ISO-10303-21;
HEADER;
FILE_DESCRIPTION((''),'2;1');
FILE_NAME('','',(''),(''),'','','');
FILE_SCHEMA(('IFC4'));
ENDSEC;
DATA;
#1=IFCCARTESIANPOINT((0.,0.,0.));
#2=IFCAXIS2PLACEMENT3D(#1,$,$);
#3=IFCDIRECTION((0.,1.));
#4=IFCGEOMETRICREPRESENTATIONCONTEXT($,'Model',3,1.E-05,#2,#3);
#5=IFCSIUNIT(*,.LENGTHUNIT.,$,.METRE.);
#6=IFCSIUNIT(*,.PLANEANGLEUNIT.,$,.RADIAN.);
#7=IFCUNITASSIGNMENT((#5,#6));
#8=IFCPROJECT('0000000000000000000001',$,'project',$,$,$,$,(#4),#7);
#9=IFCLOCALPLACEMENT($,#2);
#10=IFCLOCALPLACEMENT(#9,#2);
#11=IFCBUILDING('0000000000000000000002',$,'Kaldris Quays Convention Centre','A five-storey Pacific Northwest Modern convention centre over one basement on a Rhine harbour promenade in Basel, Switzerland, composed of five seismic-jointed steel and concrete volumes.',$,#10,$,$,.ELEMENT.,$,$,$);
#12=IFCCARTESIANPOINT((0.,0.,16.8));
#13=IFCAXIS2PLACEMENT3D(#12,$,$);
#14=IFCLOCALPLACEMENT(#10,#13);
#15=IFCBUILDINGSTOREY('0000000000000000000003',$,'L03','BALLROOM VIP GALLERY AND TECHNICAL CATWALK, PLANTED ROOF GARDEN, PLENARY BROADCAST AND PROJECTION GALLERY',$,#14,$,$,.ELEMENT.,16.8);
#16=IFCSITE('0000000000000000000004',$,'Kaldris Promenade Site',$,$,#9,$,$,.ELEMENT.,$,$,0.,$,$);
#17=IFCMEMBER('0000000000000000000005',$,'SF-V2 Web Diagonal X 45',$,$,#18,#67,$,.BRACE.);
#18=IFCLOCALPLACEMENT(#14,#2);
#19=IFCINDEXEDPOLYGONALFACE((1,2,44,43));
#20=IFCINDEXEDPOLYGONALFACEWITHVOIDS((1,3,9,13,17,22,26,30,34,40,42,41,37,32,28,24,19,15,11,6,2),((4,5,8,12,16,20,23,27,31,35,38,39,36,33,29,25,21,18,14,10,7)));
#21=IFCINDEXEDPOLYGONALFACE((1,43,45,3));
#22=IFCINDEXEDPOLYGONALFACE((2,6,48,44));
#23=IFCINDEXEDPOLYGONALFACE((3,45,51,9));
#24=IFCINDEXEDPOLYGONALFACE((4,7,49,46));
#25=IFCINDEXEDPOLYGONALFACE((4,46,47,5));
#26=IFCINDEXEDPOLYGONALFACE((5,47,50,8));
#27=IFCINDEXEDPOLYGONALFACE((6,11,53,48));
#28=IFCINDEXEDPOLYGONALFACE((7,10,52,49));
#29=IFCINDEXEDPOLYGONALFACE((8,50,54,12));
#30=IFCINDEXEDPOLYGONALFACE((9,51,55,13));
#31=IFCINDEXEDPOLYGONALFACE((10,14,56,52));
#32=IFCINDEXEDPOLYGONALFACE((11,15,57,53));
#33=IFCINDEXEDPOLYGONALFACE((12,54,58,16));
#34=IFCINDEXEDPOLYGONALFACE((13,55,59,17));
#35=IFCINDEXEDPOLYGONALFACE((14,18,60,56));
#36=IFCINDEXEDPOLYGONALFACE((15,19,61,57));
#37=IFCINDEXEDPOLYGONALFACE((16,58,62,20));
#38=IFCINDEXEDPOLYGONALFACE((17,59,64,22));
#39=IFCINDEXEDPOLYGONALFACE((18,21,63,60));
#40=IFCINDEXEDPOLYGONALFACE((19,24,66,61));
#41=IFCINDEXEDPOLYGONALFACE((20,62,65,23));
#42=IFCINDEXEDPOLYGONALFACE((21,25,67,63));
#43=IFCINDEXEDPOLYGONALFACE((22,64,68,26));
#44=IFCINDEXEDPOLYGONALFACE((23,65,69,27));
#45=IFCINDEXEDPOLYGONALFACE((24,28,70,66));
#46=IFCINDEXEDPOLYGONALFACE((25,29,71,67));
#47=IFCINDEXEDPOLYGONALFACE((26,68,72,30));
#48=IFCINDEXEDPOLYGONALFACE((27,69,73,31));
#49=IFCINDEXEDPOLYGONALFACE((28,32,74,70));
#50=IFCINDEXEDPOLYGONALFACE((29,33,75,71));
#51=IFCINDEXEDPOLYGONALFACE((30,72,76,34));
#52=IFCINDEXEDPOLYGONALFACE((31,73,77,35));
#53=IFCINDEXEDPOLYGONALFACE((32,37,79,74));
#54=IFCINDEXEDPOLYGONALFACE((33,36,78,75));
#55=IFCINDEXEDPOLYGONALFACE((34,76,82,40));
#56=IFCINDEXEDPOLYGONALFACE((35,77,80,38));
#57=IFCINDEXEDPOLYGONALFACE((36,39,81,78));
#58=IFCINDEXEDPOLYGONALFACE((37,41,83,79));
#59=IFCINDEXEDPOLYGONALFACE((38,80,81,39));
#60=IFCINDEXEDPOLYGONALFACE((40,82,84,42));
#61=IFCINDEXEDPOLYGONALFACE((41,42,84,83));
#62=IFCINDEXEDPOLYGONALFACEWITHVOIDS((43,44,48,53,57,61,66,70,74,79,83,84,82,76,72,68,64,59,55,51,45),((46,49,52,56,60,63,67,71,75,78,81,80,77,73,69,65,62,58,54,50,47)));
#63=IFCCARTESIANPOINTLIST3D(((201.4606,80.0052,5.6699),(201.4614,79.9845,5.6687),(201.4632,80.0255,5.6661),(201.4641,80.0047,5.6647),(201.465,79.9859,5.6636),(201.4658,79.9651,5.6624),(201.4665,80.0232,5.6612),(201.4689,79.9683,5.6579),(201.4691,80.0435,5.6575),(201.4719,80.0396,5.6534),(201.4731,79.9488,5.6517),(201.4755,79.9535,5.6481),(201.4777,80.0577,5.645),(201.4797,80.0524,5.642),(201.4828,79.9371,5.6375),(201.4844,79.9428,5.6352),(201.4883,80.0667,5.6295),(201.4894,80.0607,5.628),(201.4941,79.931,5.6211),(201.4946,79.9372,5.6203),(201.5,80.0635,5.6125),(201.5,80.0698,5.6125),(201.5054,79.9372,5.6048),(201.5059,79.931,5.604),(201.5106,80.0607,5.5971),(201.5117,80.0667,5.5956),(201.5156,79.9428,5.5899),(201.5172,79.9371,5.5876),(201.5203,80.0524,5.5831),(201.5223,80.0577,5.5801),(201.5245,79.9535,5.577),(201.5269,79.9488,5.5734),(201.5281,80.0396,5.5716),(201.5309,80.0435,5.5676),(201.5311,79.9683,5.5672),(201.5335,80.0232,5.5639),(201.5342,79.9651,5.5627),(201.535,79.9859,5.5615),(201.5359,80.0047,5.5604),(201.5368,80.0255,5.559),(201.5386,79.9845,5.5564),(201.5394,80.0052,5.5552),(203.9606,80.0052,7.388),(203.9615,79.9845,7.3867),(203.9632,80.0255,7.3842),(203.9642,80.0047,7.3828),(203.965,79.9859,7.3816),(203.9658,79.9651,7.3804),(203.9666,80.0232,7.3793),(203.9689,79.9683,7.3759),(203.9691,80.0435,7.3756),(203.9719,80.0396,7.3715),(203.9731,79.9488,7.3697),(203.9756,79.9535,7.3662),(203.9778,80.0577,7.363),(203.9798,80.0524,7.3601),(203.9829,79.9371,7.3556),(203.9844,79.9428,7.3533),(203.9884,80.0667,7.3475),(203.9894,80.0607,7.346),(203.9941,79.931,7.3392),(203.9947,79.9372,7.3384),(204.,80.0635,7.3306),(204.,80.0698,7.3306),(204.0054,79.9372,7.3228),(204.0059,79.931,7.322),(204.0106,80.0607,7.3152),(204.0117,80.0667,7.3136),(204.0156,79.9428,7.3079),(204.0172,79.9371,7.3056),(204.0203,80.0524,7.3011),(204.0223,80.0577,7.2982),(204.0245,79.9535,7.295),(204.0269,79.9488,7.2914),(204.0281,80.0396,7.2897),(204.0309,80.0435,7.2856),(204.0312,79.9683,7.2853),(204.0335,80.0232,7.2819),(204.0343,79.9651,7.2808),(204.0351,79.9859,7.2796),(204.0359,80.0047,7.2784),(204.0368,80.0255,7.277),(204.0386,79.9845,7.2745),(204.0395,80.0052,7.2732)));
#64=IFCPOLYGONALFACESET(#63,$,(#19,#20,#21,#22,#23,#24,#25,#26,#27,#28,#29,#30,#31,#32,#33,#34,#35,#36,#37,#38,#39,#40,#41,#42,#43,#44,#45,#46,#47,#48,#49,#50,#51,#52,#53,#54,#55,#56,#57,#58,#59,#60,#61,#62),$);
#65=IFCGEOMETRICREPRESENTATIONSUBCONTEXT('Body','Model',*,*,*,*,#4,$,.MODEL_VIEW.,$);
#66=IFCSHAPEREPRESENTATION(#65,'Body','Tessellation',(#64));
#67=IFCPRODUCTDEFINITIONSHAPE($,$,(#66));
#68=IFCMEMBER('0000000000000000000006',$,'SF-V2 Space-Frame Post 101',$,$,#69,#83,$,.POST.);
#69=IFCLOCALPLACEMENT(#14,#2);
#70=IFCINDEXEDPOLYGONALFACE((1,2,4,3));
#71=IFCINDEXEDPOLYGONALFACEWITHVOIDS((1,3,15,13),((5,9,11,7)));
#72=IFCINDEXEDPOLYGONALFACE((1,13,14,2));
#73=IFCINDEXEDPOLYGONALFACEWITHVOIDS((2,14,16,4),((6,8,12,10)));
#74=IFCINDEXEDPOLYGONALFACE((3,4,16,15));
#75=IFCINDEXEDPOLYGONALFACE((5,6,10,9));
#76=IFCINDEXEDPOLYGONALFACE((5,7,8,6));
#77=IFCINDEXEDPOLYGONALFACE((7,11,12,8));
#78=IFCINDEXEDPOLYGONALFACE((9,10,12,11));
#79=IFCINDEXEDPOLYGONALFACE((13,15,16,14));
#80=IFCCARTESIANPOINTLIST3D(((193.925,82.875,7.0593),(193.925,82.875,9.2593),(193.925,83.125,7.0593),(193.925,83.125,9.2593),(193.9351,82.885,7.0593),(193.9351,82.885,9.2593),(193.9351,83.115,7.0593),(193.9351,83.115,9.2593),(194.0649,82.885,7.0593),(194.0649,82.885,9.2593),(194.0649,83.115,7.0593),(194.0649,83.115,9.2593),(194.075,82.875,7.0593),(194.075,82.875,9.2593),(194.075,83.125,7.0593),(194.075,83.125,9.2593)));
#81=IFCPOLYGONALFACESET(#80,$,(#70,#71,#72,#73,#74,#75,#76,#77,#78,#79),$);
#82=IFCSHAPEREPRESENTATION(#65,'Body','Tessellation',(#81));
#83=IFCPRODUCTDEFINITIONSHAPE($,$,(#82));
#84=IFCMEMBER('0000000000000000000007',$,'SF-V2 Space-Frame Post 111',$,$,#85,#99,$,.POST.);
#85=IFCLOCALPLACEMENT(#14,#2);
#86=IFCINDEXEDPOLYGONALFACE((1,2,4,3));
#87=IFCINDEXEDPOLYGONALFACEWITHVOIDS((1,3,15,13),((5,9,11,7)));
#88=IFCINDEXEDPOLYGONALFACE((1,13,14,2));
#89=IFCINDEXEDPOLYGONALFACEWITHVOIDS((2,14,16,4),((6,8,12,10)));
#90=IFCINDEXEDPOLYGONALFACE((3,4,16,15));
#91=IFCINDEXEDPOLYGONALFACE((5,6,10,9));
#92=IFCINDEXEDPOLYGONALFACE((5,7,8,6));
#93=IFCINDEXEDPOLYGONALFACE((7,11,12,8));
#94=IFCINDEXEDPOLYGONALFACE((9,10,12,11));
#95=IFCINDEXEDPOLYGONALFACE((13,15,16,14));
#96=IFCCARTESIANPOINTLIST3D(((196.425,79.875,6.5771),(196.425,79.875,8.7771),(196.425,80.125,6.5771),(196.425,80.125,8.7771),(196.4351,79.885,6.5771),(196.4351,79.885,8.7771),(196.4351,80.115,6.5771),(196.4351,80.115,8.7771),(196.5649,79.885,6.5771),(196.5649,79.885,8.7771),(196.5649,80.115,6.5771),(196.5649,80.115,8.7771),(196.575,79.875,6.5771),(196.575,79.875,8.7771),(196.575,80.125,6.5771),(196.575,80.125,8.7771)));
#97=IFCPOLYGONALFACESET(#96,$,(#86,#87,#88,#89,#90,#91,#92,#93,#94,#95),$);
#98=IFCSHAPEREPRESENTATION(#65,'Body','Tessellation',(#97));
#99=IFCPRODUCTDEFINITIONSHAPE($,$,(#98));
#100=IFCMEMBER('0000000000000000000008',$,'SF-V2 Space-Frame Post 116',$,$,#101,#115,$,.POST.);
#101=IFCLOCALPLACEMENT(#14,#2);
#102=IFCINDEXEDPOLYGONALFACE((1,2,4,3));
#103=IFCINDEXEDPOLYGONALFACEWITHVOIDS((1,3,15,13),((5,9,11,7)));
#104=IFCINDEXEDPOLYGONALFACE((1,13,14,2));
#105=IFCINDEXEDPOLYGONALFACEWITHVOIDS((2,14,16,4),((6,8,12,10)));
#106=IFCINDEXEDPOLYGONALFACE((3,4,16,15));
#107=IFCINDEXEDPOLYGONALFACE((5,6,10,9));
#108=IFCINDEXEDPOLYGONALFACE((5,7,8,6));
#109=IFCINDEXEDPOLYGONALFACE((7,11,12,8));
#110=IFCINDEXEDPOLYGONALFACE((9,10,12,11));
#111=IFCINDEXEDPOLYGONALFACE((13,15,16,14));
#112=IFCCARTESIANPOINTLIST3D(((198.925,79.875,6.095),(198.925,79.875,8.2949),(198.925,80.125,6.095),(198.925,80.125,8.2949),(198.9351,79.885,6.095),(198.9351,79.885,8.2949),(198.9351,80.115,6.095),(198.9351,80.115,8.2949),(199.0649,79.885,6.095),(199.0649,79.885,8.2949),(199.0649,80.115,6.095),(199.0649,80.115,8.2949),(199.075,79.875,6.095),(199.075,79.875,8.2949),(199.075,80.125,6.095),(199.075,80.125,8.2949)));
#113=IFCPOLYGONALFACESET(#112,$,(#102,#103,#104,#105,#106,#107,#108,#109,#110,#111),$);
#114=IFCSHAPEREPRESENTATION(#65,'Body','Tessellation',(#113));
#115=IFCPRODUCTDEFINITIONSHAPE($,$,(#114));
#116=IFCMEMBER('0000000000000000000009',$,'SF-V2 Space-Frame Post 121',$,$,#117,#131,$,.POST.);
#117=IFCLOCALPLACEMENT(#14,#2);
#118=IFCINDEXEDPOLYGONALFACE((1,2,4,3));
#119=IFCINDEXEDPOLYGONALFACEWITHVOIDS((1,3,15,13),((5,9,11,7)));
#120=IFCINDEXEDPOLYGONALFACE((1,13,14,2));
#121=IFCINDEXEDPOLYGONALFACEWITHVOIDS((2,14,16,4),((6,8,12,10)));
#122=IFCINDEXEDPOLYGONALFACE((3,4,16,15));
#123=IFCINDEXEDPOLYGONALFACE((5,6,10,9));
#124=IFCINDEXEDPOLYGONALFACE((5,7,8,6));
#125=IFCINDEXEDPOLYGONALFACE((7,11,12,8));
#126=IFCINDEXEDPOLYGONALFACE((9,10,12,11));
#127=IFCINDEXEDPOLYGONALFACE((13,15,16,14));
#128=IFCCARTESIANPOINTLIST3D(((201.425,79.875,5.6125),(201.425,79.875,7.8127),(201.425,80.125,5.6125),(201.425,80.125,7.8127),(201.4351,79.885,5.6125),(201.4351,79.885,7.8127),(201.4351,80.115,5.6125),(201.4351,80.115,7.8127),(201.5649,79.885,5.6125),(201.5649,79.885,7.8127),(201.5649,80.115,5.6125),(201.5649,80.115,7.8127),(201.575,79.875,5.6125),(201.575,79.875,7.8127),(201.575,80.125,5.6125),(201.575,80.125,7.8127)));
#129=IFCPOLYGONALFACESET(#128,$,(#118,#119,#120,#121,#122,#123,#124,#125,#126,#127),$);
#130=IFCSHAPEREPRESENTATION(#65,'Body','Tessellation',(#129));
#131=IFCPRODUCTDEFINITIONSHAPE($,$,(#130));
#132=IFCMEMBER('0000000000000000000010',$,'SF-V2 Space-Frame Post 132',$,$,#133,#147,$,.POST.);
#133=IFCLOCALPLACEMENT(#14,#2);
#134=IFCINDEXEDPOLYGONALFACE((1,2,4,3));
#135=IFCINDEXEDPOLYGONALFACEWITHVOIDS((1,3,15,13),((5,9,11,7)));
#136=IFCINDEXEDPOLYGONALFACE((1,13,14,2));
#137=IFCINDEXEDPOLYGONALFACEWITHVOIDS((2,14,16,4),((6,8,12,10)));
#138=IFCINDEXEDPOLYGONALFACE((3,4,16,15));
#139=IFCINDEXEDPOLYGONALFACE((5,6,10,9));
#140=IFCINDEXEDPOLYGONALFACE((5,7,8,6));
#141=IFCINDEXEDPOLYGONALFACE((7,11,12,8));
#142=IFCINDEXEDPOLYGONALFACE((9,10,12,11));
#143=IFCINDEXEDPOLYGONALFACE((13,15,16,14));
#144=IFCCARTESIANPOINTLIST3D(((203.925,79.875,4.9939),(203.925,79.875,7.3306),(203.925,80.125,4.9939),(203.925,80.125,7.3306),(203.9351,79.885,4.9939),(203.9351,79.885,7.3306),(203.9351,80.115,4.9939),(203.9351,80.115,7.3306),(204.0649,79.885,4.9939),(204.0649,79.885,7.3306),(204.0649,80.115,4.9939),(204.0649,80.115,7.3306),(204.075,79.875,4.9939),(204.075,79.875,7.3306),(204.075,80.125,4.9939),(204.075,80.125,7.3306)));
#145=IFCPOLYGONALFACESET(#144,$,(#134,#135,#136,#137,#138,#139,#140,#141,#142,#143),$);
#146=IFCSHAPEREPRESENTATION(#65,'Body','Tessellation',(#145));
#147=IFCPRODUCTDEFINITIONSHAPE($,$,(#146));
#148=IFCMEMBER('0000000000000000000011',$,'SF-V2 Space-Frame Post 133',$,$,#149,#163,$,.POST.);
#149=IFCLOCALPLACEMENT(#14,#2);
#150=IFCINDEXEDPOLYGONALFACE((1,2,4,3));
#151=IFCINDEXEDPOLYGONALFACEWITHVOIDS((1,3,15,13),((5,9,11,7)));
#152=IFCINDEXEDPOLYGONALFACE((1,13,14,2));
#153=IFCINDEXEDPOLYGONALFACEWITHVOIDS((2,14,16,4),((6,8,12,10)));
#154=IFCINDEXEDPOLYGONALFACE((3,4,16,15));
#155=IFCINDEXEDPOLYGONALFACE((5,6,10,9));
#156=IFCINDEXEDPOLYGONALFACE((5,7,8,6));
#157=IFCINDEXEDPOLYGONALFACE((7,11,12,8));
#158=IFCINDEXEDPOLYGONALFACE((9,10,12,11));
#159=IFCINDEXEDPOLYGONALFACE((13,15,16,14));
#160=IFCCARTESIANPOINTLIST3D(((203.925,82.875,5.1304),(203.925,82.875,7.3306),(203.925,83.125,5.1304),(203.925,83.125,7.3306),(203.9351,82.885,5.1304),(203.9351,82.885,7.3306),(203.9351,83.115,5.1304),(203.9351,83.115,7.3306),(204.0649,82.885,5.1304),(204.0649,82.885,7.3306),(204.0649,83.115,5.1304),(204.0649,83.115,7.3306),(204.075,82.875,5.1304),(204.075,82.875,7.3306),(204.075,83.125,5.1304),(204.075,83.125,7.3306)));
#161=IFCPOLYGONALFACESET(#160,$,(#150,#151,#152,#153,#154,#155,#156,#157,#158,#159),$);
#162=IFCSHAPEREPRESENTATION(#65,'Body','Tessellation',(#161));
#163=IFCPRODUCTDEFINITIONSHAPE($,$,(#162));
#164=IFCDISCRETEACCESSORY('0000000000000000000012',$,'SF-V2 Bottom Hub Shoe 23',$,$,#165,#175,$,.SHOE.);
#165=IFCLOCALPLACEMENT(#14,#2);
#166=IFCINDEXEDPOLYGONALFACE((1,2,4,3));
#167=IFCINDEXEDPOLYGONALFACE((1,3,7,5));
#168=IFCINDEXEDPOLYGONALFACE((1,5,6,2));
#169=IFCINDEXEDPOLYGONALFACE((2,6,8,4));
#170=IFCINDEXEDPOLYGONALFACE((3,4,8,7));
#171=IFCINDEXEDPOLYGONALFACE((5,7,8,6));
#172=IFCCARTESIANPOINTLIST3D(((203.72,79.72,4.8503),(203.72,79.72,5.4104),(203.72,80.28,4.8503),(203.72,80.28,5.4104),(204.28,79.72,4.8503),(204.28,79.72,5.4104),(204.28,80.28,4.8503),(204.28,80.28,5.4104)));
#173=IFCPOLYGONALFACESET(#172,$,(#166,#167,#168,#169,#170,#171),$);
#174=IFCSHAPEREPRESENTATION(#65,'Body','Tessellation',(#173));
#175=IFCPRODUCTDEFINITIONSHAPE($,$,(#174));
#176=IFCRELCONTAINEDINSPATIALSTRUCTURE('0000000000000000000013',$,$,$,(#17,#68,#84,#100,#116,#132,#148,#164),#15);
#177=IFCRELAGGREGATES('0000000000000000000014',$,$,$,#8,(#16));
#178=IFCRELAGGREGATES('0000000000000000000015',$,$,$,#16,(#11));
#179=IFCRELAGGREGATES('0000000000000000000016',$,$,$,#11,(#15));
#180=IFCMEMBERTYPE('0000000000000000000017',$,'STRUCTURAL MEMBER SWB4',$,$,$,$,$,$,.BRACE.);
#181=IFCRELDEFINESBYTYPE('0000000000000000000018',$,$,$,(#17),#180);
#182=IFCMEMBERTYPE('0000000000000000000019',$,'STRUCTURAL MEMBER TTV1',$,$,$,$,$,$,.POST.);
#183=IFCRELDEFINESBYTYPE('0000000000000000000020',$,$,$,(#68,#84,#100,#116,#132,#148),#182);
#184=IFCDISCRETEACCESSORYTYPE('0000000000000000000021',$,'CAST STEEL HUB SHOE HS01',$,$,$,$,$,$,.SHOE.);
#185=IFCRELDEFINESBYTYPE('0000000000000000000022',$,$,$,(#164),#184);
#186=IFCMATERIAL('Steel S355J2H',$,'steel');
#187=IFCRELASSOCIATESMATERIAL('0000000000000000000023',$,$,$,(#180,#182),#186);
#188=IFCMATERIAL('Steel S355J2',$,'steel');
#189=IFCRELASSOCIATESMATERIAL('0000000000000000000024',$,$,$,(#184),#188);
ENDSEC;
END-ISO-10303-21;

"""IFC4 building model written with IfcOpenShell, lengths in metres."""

from ifc_helpers import new_model, si_unit, direction, frame, origin, origin_2d, place, context, subcontext, project, spatial, rectangle, hollow_rectangle, hollow_circle, extrude, material, material_profile, profile_set, type_object, element, save


model = new_model("IFC4")

# Units and contexts
model_context = context("Model", 3, precision=1e-05, world=origin(), true_north=direction((0.0, 1.0)))
body_context = subcontext(model_context, "Body", "Model", "MODEL_VIEW")
ifc_project = project(units=[si_unit("LENGTHUNIT", "METRE"), si_unit("PLANEANGLEUNIT", "RADIAN")], contexts=[model_context])

# Site, building, storey
site_placement = place(None, origin())
site = spatial("IfcSite", under=ifc_project, at=site_placement, Name="Kaldris Promenade Site", CompositionType="ELEMENT", RefElevation=0.0)
building_placement = place(site_placement, origin())
building = spatial("IfcBuilding", under=site, at=building_placement, Name="Kaldris Quays Convention Centre", Description="A five-storey Pacific Northwest Modern convention centre over one basement on a Rhine harbour promenade in Basel, Switzerland, composed of five seismic-jointed steel and concrete volumes.", CompositionType="ELEMENT")
storey_placement = place(building_placement, frame((0.0, 0.0, 16.8)))
storey = spatial("IfcBuildingStorey", under=building, at=storey_placement, Name="L03", Description="BALLROOM VIP GALLERY AND TECHNICAL CATWALK, PLANTED ROOF GARDEN, PLENARY BROADCAST AND PROJECTION GALLERY", CompositionType="ELEMENT", Elevation=16.8)

# Shared definitions
ifc_material_1 = material(Name="Steel S355J2", Category="steel")

# Members
ifc_material_2 = material(Name="Steel S355J2H", Category="steel")
ifc_material_profile_1 = material_profile(ifc_material_2, hollow_circle(Radius=0.0698, WallThickness=0.0063, at=origin_2d()), Name="CHS 139.7x6.3")
ifc_profile_set_1 = profile_set([ifc_material_profile_1], Name="Steel S355J2H")
member_type_1 = type_object("IfcMemberType", Name="STRUCTURAL MEMBER SWB4", PredefinedType="BRACE", material=ifc_profile_set_1)
member_1_placement = place(storey_placement, frame((201.5, 80.0, 5.6125), z_axis=(0.824155, 0.0, 0.566365), x_axis=(0.0, 1.0, 0.0)))
element("IfcMember", 1, at=member_1_placement, inside=storey, type_object=member_type_1, Name="SF-V2 Web Diagonal X 45", PredefinedType="BRACE", context=body_context, shape_type="SweptSolid", body=[
    extrude(hollow_circle(Radius=0.0698, WallThickness=0.0063, at=origin_2d()), origin(), (0.0, 0.0, 1.0), 3.0334),
])
ifc_material_profile_2 = material_profile(ifc_material_2, hollow_rectangle(XDim=0.1499, YDim=0.25, WallThickness=0.01, at=origin_2d()), Name="RHS 250x150x10")
ifc_profile_set_2 = profile_set([ifc_material_profile_2], Name="Steel S355J2H")
member_type_2 = type_object("IfcMemberType", Name="STRUCTURAL MEMBER TTV1", PredefinedType="POST", material=ifc_profile_set_2)
for number, where, z_axis, x_axis, name in (
    (2, (194.0, 83.0, 7.0593), (0.0, 0.0, 1.0), (1.0, 0.0, 0.0), "SF-V2 Space-Frame Post 101"),
    (3, (196.5, 80.0, 6.5771), (0.0, 0.0, 1.0), (1.0, 0.0, 0.0), "SF-V2 Space-Frame Post 111"),
    (4, (199.0, 80.0, 6.095), (0.0, 0.0, 1.0), (1.0, 0.0, 0.0), "SF-V2 Space-Frame Post 116"),
):
    element("IfcMember", number, at=place(storey_placement, frame(where, z_axis=z_axis, x_axis=x_axis)), inside=storey, type_object=member_type_2, Name=name, PredefinedType="POST", context=body_context, shape_type="SweptSolid", body=[
        extrude(hollow_rectangle(XDim=0.1499, YDim=0.25, WallThickness=0.01, at=origin_2d()), origin(), (0.0, 0.0, 1.0), 2.2),
    ])
member_2_placement = place(storey_placement, frame((201.5, 80.0, 5.6125), z_axis=(0.0, 0.0, 1.0), x_axis=(1.0, 0.0, 0.0)))
element("IfcMember", 5, at=member_2_placement, inside=storey, type_object=member_type_2, Name="SF-V2 Space-Frame Post 121", PredefinedType="POST", context=body_context, shape_type="SweptSolid", body=[
    extrude(hollow_rectangle(XDim=0.1499, YDim=0.25, WallThickness=0.01, at=origin_2d()), origin(), (0.0, 0.0, 1.0), 2.2002),
])
member_3_placement = place(storey_placement, frame((204.0, 80.0, 4.9939), z_axis=(0.0, 0.0, 1.0), x_axis=(1.0, 0.0, 0.0)))
element("IfcMember", 6, at=member_3_placement, inside=storey, type_object=member_type_2, Name="SF-V2 Space-Frame Post 132", PredefinedType="POST", context=body_context, shape_type="SweptSolid", body=[
    extrude(hollow_rectangle(XDim=0.1499, YDim=0.25, WallThickness=0.01, at=origin_2d()), origin(), (0.0, 0.0, 1.0), 2.3367),
])
member_4_placement = place(storey_placement, frame((204.0, 83.0, 5.1304), z_axis=(0.0, 0.0, 1.0), x_axis=(1.0, 0.0, 0.0)))
element("IfcMember", 7, at=member_4_placement, inside=storey, type_object=member_type_2, Name="SF-V2 Space-Frame Post 133", PredefinedType="POST", context=body_context, shape_type="SweptSolid", body=[
    extrude(hollow_rectangle(XDim=0.1499, YDim=0.25, WallThickness=0.01, at=origin_2d()), origin(), (0.0, 0.0, 1.0), 2.2002),
])

# Discrete accessory
discrete_accessory_type = type_object("IfcDiscreteAccessoryType", Name="CAST STEEL HUB SHOE HS01", PredefinedType="SHOE", material=ifc_material_1)
discrete_accessory_placement = place(storey_placement, frame((204.0, 80.0, 4.8503), z_axis=(0.0, 0.0, 1.0), x_axis=(1.0, 0.0, 0.0)))
element("IfcDiscreteAccessory", 8, at=discrete_accessory_placement, inside=storey, type_object=discrete_accessory_type, Name="SF-V2 Bottom Hub Shoe 23", PredefinedType="SHOE", context=body_context, shape_type="SweptSolid", body=[
    extrude(rectangle(XDim=0.5601, YDim=0.5601, at=origin_2d()), origin(), (0.0, 0.0, 1.0), 0.5601),
])

save(model, "model.ifc")
